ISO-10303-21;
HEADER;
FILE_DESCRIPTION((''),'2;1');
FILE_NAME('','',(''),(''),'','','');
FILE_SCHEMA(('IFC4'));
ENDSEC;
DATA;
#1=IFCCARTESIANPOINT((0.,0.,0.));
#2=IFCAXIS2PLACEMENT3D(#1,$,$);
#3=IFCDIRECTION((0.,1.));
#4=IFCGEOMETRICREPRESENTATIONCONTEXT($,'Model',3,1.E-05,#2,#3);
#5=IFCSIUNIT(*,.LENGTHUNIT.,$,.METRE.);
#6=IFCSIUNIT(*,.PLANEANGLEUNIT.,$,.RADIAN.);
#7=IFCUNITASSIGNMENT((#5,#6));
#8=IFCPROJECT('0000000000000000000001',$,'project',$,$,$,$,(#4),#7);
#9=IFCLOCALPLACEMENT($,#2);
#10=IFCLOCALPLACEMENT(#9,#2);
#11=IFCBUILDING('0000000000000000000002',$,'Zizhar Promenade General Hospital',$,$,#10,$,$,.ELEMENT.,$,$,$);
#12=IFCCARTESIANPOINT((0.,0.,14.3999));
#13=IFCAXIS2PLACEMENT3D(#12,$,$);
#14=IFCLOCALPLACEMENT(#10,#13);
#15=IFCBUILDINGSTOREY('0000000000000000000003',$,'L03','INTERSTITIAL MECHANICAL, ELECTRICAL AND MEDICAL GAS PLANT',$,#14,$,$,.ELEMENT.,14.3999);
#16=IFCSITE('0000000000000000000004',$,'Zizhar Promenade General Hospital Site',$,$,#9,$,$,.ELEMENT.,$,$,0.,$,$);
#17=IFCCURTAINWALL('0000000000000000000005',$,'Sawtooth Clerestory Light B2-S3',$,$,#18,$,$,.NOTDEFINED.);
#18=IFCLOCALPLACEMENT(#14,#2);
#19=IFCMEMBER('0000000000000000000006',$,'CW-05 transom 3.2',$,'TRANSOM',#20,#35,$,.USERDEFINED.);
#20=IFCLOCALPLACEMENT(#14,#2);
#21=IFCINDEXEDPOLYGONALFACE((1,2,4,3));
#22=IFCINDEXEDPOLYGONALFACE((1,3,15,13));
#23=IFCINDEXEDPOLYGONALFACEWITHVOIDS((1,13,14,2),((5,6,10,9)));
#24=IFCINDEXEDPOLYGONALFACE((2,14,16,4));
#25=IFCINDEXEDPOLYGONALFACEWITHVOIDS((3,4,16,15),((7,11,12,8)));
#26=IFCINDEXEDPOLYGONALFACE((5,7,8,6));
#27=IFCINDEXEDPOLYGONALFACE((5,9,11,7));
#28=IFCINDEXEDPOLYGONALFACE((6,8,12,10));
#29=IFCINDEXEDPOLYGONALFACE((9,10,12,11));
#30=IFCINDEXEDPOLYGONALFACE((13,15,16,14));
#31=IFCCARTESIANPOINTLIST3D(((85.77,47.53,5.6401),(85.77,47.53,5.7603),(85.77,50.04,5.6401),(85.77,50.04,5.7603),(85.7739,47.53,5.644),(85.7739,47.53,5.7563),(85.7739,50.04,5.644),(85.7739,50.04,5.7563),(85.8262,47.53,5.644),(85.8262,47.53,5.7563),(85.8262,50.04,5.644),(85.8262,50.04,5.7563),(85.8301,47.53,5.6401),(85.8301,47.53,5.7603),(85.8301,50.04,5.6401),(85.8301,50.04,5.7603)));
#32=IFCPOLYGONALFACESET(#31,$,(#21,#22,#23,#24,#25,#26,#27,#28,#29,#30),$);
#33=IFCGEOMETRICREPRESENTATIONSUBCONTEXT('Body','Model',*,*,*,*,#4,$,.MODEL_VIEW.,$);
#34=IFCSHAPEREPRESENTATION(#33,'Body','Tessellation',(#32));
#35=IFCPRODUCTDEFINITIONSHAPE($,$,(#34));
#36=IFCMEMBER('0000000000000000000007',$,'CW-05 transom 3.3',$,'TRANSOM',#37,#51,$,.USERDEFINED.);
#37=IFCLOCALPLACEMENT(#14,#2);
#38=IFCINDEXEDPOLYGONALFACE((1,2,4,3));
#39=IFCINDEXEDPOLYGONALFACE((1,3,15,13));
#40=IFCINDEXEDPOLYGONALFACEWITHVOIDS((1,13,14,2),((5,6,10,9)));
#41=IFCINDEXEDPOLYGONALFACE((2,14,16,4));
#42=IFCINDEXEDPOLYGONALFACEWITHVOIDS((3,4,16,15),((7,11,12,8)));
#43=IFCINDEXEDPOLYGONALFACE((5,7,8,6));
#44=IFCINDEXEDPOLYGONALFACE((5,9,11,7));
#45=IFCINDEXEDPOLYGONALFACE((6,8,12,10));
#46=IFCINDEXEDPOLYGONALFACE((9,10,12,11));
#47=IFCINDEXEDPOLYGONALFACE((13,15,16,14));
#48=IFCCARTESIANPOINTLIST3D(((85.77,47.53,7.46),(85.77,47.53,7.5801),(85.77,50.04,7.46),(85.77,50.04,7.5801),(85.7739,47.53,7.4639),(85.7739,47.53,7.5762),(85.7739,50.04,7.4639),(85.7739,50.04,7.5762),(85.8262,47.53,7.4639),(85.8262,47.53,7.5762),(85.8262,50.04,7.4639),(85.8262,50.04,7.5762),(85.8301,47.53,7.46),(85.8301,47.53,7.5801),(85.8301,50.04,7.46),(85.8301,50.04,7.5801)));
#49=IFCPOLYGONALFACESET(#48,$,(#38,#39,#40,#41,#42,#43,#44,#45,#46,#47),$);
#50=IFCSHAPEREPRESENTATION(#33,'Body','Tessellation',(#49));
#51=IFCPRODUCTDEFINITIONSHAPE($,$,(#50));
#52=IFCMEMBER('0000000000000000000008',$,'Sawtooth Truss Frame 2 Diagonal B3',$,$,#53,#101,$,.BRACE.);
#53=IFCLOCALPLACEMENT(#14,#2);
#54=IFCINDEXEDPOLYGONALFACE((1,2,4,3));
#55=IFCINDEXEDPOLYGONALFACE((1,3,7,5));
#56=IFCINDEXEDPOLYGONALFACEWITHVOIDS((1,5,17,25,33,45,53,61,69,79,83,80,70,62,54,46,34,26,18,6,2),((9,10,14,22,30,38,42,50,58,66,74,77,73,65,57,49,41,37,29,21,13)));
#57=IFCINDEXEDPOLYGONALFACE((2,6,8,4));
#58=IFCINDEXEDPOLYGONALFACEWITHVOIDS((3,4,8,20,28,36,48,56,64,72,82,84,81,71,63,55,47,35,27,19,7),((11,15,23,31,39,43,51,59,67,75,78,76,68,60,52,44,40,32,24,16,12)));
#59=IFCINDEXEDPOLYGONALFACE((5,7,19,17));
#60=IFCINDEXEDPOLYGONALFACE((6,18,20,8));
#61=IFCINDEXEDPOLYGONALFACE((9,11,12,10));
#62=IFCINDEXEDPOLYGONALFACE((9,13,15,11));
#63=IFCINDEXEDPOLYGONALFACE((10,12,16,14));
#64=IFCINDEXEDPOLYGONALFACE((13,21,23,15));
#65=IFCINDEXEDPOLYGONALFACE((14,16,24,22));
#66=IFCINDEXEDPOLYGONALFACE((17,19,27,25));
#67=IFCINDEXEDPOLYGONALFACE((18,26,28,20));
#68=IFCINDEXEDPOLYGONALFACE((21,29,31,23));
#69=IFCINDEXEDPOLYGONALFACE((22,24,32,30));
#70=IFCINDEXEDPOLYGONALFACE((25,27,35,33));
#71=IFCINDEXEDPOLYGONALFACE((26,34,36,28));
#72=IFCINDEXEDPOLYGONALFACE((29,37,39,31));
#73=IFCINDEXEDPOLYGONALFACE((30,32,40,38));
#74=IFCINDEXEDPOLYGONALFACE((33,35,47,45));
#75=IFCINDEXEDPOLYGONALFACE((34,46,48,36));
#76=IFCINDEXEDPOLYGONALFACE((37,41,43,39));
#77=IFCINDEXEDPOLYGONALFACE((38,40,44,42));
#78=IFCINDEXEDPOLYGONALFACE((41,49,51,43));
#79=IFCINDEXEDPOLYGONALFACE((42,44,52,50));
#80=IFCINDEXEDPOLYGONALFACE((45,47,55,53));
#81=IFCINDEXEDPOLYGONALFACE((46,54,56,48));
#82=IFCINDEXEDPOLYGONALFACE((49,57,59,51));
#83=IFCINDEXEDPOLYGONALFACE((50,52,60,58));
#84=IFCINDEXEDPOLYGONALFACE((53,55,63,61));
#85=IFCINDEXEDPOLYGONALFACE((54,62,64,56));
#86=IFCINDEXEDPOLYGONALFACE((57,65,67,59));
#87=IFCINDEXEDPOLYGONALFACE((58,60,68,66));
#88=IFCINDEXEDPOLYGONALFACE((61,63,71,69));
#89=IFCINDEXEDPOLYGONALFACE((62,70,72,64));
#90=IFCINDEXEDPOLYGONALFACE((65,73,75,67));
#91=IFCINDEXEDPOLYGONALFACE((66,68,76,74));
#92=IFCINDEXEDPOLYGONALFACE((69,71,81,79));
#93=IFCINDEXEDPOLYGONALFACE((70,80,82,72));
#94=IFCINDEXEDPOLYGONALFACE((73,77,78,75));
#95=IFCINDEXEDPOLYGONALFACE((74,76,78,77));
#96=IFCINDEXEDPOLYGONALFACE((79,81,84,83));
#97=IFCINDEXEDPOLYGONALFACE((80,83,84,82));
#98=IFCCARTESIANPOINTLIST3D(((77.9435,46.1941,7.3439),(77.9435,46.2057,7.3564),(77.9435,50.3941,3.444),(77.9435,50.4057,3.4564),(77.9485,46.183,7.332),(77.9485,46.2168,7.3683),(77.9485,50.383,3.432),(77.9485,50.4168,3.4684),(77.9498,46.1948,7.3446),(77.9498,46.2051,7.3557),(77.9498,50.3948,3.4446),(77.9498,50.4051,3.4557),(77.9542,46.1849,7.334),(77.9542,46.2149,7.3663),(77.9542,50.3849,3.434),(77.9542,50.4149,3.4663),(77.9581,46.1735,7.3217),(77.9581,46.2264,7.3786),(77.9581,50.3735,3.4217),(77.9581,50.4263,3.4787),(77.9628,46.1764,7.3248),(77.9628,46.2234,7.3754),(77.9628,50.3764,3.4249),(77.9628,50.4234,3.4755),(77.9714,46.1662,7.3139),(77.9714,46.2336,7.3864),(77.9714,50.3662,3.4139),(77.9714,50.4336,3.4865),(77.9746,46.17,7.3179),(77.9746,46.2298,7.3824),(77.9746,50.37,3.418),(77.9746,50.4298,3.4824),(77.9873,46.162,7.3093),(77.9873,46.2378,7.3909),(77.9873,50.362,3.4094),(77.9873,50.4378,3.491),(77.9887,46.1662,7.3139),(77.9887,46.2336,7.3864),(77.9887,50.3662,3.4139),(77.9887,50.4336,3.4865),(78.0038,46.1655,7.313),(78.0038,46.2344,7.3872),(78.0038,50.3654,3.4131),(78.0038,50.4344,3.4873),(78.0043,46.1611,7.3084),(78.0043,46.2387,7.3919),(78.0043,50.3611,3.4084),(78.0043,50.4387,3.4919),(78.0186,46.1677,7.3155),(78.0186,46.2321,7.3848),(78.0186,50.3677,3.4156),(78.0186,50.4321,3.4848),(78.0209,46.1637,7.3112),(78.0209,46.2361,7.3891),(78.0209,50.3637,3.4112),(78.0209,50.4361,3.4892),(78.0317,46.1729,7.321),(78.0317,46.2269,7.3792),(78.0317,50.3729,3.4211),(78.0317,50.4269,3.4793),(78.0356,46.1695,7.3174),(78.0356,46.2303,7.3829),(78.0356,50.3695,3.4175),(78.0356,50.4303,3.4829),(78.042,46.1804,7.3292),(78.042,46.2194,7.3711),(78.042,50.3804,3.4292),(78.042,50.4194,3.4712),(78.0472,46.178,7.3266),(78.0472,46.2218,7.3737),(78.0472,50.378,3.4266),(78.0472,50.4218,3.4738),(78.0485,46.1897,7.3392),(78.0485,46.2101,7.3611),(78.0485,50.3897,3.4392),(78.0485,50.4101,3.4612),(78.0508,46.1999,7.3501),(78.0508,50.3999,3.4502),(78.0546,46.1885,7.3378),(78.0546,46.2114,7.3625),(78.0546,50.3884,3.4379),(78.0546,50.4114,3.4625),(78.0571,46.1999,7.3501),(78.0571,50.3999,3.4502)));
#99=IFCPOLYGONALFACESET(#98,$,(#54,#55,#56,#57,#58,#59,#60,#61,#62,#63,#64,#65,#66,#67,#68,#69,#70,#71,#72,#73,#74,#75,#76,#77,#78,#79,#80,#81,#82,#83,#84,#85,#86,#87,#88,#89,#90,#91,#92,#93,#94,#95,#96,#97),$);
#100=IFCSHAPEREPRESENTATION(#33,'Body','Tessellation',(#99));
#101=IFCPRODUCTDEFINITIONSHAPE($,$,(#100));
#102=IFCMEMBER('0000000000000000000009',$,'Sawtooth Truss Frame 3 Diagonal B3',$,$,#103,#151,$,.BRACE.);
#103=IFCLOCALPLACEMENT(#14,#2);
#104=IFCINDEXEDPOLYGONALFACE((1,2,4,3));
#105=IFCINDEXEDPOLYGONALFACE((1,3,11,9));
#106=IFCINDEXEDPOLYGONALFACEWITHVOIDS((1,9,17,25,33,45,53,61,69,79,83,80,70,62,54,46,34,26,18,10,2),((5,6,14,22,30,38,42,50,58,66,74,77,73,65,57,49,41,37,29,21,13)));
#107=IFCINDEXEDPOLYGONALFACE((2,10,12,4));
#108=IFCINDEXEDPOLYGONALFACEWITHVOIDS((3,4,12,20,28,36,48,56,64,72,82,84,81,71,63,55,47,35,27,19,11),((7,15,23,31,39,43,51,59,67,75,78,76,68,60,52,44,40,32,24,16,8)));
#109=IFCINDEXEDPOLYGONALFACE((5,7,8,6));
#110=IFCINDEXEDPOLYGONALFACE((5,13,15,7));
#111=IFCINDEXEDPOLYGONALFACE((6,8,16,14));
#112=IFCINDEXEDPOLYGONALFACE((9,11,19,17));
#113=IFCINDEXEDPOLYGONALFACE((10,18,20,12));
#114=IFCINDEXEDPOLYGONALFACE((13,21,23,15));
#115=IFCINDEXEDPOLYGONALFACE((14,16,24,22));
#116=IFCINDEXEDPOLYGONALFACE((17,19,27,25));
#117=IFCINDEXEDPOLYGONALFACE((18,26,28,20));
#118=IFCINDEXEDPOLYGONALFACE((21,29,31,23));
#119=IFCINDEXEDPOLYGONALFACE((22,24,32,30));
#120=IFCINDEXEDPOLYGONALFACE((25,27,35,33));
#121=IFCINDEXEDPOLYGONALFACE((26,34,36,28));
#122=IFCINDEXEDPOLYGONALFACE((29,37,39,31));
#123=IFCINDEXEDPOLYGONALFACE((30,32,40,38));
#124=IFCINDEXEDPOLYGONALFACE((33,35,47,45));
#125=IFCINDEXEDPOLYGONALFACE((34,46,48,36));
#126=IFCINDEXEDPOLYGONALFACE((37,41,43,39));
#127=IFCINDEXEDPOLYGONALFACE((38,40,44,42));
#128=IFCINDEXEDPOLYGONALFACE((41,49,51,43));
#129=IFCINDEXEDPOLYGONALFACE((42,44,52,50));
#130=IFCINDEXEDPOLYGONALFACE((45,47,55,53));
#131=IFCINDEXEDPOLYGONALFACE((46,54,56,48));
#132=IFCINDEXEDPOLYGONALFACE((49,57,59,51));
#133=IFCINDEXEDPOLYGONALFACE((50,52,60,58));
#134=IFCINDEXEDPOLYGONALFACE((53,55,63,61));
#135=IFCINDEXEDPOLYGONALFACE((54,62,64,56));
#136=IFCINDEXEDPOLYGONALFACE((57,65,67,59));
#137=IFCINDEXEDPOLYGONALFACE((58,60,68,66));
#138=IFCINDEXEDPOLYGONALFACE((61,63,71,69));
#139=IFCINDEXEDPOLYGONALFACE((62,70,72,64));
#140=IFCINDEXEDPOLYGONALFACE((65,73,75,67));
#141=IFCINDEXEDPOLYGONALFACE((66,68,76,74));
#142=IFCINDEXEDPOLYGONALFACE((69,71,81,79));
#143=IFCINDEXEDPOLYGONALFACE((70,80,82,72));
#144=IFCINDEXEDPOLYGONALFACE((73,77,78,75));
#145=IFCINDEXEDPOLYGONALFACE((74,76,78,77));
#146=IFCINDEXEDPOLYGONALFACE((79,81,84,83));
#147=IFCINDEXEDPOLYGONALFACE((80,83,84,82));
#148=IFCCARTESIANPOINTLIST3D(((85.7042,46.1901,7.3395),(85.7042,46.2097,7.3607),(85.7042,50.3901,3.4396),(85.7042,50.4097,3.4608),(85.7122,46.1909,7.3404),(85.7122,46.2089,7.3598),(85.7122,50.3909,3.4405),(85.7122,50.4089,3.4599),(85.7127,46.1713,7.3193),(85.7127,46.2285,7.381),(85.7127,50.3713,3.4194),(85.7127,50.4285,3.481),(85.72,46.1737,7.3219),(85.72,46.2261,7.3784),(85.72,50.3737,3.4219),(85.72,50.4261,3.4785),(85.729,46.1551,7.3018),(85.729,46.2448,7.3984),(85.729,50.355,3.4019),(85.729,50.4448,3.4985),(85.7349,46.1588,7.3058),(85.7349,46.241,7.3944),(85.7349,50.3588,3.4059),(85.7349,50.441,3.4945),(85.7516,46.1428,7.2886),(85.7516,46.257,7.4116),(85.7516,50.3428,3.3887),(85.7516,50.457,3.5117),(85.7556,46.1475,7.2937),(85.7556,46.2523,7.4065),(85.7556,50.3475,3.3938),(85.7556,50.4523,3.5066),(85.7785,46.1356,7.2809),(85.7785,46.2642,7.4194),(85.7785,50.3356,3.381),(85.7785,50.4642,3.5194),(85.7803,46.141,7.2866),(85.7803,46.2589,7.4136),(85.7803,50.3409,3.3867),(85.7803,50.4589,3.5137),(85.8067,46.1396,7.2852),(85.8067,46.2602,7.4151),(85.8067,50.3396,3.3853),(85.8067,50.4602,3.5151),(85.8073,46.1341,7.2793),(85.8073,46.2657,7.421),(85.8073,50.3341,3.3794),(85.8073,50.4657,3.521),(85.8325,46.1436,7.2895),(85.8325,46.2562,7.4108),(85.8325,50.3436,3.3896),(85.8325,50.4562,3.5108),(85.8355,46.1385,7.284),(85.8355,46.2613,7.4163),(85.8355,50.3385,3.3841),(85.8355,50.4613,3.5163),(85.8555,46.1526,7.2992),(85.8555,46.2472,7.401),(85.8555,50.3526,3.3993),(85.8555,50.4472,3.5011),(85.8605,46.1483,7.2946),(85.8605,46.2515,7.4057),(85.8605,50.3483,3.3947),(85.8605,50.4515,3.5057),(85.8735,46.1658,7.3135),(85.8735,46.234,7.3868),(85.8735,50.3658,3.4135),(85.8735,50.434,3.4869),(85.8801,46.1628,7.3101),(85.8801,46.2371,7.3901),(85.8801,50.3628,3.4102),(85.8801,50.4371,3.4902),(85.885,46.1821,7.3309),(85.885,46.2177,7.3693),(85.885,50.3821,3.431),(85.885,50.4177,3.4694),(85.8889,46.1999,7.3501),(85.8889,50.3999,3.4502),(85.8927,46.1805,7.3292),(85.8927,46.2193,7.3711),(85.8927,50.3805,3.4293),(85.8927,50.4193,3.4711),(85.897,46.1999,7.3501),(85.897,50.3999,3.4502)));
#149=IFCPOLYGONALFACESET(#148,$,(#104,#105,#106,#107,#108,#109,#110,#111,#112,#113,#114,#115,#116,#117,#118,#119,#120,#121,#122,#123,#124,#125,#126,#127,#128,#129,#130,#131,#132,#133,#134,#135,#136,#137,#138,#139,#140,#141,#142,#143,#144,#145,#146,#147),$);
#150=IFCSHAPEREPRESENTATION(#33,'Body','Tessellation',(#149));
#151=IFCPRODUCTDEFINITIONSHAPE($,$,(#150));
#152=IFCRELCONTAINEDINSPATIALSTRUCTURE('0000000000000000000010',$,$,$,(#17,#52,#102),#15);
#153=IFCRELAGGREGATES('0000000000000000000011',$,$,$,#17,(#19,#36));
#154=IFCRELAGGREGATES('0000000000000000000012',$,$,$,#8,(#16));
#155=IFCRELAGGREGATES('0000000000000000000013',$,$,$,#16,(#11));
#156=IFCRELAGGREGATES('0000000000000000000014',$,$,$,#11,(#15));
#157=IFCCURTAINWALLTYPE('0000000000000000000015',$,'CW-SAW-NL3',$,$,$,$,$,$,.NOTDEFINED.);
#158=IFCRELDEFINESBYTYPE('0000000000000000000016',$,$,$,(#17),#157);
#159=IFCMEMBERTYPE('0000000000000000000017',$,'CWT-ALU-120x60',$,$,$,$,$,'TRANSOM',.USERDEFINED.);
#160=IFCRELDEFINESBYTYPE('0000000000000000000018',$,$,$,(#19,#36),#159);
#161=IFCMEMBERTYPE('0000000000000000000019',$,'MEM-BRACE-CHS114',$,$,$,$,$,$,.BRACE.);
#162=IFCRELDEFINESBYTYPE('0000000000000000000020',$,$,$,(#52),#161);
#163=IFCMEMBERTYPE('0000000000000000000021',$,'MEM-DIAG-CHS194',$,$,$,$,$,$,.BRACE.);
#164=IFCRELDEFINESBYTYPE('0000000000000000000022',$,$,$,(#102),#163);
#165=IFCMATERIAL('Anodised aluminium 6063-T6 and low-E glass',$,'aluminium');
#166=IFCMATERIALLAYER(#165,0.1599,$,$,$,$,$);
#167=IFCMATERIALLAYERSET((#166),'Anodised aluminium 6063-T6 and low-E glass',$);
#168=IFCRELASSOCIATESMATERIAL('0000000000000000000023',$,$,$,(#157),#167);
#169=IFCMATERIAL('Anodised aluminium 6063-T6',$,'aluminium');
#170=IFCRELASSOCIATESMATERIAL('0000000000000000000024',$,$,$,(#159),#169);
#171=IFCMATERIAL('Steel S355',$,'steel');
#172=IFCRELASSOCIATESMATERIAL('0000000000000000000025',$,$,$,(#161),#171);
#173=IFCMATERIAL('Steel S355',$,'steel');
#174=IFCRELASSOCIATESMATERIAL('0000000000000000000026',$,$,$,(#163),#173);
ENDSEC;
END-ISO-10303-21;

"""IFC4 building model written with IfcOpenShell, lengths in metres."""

from ifc_helpers import new_model, si_unit, direction, frame, origin, origin_2d, place, context, subcontext, project, spatial, hollow_rectangle, hollow_circle, extrude, material, layer, layer_set, material_profile, profile_set, type_object, element, aggregate, save


model = new_model("IFC4")

# Units and contexts
model_context = context("Model", 3, precision=1e-05, world=origin(), true_north=direction((0.0, 1.0)))
body_context = subcontext(model_context, "Body", "Model", "MODEL_VIEW")
ifc_project = project(units=[si_unit("LENGTHUNIT", "METRE"), si_unit("PLANEANGLEUNIT", "RADIAN")], contexts=[model_context])

# Site, building, storey
site_placement = place(None, origin())
site = spatial("IfcSite", under=ifc_project, at=site_placement, Name="Zizhar Promenade General Hospital Site", CompositionType="ELEMENT", RefElevation=0.0)
building_placement = place(site_placement, origin())
building = spatial("IfcBuilding", under=site, at=building_placement, Name="Zizhar Promenade General Hospital", CompositionType="ELEMENT")
storey_placement = place(building_placement, frame((0.0, 0.0, 14.3999)))
storey = spatial("IfcBuildingStorey", under=building, at=storey_placement, Name="L03", Description="INTERSTITIAL MECHANICAL, ELECTRICAL AND MEDICAL GAS PLANT", CompositionType="ELEMENT", Elevation=14.3999)

# Shared definitions
ifc_material_1 = material(Name="Anodised aluminium 6063-T6 and low-E glass", Category="aluminium")
ifc_layer_1 = layer(ifc_material_1, 0.1599)
ifc_layer_set_1 = layer_set([ifc_layer_1], Name="Anodised aluminium 6063-T6 and low-E glass")
curtain_wall_type = type_object("IfcCurtainWallType", Name="CW-SAW-NL3", PredefinedType="NOTDEFINED", material=ifc_layer_set_1)

# Curtain wall, members
curtain_wall_1_placement = place(storey_placement, origin())
curtain_wall_1 = element("IfcCurtainWall", 1, at=curtain_wall_1_placement, inside=storey, type_object=curtain_wall_type, Name="Sawtooth Clerestory Light B2-S3", PredefinedType="NOTDEFINED")
ifc_material_2 = material(Name="Anodised aluminium 6063-T6", Category="aluminium")
ifc_material_profile_1 = material_profile(ifc_material_2, hollow_rectangle(XDim=0.0601, YDim=0.1201, WallThickness=0.0039, at=origin_2d()))
ifc_profile_set_1 = profile_set([ifc_material_profile_1], Name="Anodised aluminium 6063-T6")
member_type_1 = type_object("IfcMemberType", Name="CWT-ALU-120x60", ElementType="TRANSOM", PredefinedType="USERDEFINED", material=ifc_profile_set_1)
member_1_placement = place(storey_placement, frame((85.8, 47.53, 5.7002), z_axis=(0.0, 1.0, 0.0), x_axis=(-1.0, 0.0, 0.0)))
member_1 = element("IfcMember", 2, at=member_1_placement, type_object=member_type_1, Name="CW-05 transom 3.2", ObjectType="TRANSOM", PredefinedType="USERDEFINED", context=body_context, shape_type="SweptSolid", body=[
    extrude(hollow_rectangle(XDim=0.0601, YDim=0.1201, WallThickness=0.0039, at=origin_2d()), origin(), (0.0, 0.0, 1.0), 2.51),
])
member_2_placement = place(storey_placement, frame((85.8, 47.53, 7.52), z_axis=(0.0, 1.0, 0.0), x_axis=(-1.0, 0.0, 0.0)))
member_2 = element("IfcMember", 3, at=member_2_placement, type_object=member_type_1, Name="CW-05 transom 3.3", ObjectType="TRANSOM", PredefinedType="USERDEFINED", context=body_context, shape_type="SweptSolid", body=[
    extrude(hollow_rectangle(XDim=0.0601, YDim=0.1201, WallThickness=0.0039, at=origin_2d()), origin(), (0.0, 0.0, 1.0), 2.51),
])

# Members
ifc_material_3 = material(Name="Steel S355", Category="steel")
ifc_material_profile_2 = material_profile(ifc_material_3, hollow_circle(Radius=0.0571, WallThickness=0.0063, at=origin_2d()))
ifc_profile_set_2 = profile_set([ifc_material_profile_2], Name="Steel S355")
member_type_2 = type_object("IfcMemberType", Name="MEM-BRACE-CHS114", PredefinedType="BRACE", material=ifc_profile_set_2)
member_3_placement = place(storey_placement, frame((78.0, 50.3999, 3.4502), z_axis=(0.0, -0.732798, 0.680446), x_axis=(1.0, 0.0, 0.0)))
element("IfcMember", 4, at=member_3_placement, inside=storey, type_object=member_type_2, Name="Sawtooth Truss Frame 2 Diagonal B3", PredefinedType="BRACE", context=body_context, shape_type="SweptSolid", body=[
    extrude(hollow_circle(Radius=0.0571, WallThickness=0.0063, at=origin_2d()), origin(), (0.0, 0.0, 1.0), 5.7314),
])
ifc_material_4 = material(Name="Steel S355", Category="steel")
ifc_material_profile_3 = material_profile(ifc_material_4, hollow_circle(Radius=0.0969, WallThickness=0.0081, at=origin_2d()))
ifc_profile_set_3 = profile_set([ifc_material_profile_3], Name="Steel S355")
member_type_3 = type_object("IfcMemberType", Name="MEM-DIAG-CHS194", PredefinedType="BRACE", material=ifc_profile_set_3)
member_4_placement = place(storey_placement, frame((85.8, 50.3999, 3.4502), z_axis=(0.0, -0.732798, 0.680446), x_axis=(1.0, 0.0, 0.0)))
element("IfcMember", 5, at=member_4_placement, inside=storey, type_object=member_type_3, Name="Sawtooth Truss Frame 3 Diagonal B3", PredefinedType="BRACE", context=body_context, shape_type="SweptSolid", body=[
    extrude(hollow_circle(Radius=0.0969, WallThickness=0.0081, at=origin_2d()), origin(), (0.0, 0.0, 1.0), 5.7314),
])

aggregate(curtain_wall_1, [member_1, member_2])

save(model, "model.ifc")
